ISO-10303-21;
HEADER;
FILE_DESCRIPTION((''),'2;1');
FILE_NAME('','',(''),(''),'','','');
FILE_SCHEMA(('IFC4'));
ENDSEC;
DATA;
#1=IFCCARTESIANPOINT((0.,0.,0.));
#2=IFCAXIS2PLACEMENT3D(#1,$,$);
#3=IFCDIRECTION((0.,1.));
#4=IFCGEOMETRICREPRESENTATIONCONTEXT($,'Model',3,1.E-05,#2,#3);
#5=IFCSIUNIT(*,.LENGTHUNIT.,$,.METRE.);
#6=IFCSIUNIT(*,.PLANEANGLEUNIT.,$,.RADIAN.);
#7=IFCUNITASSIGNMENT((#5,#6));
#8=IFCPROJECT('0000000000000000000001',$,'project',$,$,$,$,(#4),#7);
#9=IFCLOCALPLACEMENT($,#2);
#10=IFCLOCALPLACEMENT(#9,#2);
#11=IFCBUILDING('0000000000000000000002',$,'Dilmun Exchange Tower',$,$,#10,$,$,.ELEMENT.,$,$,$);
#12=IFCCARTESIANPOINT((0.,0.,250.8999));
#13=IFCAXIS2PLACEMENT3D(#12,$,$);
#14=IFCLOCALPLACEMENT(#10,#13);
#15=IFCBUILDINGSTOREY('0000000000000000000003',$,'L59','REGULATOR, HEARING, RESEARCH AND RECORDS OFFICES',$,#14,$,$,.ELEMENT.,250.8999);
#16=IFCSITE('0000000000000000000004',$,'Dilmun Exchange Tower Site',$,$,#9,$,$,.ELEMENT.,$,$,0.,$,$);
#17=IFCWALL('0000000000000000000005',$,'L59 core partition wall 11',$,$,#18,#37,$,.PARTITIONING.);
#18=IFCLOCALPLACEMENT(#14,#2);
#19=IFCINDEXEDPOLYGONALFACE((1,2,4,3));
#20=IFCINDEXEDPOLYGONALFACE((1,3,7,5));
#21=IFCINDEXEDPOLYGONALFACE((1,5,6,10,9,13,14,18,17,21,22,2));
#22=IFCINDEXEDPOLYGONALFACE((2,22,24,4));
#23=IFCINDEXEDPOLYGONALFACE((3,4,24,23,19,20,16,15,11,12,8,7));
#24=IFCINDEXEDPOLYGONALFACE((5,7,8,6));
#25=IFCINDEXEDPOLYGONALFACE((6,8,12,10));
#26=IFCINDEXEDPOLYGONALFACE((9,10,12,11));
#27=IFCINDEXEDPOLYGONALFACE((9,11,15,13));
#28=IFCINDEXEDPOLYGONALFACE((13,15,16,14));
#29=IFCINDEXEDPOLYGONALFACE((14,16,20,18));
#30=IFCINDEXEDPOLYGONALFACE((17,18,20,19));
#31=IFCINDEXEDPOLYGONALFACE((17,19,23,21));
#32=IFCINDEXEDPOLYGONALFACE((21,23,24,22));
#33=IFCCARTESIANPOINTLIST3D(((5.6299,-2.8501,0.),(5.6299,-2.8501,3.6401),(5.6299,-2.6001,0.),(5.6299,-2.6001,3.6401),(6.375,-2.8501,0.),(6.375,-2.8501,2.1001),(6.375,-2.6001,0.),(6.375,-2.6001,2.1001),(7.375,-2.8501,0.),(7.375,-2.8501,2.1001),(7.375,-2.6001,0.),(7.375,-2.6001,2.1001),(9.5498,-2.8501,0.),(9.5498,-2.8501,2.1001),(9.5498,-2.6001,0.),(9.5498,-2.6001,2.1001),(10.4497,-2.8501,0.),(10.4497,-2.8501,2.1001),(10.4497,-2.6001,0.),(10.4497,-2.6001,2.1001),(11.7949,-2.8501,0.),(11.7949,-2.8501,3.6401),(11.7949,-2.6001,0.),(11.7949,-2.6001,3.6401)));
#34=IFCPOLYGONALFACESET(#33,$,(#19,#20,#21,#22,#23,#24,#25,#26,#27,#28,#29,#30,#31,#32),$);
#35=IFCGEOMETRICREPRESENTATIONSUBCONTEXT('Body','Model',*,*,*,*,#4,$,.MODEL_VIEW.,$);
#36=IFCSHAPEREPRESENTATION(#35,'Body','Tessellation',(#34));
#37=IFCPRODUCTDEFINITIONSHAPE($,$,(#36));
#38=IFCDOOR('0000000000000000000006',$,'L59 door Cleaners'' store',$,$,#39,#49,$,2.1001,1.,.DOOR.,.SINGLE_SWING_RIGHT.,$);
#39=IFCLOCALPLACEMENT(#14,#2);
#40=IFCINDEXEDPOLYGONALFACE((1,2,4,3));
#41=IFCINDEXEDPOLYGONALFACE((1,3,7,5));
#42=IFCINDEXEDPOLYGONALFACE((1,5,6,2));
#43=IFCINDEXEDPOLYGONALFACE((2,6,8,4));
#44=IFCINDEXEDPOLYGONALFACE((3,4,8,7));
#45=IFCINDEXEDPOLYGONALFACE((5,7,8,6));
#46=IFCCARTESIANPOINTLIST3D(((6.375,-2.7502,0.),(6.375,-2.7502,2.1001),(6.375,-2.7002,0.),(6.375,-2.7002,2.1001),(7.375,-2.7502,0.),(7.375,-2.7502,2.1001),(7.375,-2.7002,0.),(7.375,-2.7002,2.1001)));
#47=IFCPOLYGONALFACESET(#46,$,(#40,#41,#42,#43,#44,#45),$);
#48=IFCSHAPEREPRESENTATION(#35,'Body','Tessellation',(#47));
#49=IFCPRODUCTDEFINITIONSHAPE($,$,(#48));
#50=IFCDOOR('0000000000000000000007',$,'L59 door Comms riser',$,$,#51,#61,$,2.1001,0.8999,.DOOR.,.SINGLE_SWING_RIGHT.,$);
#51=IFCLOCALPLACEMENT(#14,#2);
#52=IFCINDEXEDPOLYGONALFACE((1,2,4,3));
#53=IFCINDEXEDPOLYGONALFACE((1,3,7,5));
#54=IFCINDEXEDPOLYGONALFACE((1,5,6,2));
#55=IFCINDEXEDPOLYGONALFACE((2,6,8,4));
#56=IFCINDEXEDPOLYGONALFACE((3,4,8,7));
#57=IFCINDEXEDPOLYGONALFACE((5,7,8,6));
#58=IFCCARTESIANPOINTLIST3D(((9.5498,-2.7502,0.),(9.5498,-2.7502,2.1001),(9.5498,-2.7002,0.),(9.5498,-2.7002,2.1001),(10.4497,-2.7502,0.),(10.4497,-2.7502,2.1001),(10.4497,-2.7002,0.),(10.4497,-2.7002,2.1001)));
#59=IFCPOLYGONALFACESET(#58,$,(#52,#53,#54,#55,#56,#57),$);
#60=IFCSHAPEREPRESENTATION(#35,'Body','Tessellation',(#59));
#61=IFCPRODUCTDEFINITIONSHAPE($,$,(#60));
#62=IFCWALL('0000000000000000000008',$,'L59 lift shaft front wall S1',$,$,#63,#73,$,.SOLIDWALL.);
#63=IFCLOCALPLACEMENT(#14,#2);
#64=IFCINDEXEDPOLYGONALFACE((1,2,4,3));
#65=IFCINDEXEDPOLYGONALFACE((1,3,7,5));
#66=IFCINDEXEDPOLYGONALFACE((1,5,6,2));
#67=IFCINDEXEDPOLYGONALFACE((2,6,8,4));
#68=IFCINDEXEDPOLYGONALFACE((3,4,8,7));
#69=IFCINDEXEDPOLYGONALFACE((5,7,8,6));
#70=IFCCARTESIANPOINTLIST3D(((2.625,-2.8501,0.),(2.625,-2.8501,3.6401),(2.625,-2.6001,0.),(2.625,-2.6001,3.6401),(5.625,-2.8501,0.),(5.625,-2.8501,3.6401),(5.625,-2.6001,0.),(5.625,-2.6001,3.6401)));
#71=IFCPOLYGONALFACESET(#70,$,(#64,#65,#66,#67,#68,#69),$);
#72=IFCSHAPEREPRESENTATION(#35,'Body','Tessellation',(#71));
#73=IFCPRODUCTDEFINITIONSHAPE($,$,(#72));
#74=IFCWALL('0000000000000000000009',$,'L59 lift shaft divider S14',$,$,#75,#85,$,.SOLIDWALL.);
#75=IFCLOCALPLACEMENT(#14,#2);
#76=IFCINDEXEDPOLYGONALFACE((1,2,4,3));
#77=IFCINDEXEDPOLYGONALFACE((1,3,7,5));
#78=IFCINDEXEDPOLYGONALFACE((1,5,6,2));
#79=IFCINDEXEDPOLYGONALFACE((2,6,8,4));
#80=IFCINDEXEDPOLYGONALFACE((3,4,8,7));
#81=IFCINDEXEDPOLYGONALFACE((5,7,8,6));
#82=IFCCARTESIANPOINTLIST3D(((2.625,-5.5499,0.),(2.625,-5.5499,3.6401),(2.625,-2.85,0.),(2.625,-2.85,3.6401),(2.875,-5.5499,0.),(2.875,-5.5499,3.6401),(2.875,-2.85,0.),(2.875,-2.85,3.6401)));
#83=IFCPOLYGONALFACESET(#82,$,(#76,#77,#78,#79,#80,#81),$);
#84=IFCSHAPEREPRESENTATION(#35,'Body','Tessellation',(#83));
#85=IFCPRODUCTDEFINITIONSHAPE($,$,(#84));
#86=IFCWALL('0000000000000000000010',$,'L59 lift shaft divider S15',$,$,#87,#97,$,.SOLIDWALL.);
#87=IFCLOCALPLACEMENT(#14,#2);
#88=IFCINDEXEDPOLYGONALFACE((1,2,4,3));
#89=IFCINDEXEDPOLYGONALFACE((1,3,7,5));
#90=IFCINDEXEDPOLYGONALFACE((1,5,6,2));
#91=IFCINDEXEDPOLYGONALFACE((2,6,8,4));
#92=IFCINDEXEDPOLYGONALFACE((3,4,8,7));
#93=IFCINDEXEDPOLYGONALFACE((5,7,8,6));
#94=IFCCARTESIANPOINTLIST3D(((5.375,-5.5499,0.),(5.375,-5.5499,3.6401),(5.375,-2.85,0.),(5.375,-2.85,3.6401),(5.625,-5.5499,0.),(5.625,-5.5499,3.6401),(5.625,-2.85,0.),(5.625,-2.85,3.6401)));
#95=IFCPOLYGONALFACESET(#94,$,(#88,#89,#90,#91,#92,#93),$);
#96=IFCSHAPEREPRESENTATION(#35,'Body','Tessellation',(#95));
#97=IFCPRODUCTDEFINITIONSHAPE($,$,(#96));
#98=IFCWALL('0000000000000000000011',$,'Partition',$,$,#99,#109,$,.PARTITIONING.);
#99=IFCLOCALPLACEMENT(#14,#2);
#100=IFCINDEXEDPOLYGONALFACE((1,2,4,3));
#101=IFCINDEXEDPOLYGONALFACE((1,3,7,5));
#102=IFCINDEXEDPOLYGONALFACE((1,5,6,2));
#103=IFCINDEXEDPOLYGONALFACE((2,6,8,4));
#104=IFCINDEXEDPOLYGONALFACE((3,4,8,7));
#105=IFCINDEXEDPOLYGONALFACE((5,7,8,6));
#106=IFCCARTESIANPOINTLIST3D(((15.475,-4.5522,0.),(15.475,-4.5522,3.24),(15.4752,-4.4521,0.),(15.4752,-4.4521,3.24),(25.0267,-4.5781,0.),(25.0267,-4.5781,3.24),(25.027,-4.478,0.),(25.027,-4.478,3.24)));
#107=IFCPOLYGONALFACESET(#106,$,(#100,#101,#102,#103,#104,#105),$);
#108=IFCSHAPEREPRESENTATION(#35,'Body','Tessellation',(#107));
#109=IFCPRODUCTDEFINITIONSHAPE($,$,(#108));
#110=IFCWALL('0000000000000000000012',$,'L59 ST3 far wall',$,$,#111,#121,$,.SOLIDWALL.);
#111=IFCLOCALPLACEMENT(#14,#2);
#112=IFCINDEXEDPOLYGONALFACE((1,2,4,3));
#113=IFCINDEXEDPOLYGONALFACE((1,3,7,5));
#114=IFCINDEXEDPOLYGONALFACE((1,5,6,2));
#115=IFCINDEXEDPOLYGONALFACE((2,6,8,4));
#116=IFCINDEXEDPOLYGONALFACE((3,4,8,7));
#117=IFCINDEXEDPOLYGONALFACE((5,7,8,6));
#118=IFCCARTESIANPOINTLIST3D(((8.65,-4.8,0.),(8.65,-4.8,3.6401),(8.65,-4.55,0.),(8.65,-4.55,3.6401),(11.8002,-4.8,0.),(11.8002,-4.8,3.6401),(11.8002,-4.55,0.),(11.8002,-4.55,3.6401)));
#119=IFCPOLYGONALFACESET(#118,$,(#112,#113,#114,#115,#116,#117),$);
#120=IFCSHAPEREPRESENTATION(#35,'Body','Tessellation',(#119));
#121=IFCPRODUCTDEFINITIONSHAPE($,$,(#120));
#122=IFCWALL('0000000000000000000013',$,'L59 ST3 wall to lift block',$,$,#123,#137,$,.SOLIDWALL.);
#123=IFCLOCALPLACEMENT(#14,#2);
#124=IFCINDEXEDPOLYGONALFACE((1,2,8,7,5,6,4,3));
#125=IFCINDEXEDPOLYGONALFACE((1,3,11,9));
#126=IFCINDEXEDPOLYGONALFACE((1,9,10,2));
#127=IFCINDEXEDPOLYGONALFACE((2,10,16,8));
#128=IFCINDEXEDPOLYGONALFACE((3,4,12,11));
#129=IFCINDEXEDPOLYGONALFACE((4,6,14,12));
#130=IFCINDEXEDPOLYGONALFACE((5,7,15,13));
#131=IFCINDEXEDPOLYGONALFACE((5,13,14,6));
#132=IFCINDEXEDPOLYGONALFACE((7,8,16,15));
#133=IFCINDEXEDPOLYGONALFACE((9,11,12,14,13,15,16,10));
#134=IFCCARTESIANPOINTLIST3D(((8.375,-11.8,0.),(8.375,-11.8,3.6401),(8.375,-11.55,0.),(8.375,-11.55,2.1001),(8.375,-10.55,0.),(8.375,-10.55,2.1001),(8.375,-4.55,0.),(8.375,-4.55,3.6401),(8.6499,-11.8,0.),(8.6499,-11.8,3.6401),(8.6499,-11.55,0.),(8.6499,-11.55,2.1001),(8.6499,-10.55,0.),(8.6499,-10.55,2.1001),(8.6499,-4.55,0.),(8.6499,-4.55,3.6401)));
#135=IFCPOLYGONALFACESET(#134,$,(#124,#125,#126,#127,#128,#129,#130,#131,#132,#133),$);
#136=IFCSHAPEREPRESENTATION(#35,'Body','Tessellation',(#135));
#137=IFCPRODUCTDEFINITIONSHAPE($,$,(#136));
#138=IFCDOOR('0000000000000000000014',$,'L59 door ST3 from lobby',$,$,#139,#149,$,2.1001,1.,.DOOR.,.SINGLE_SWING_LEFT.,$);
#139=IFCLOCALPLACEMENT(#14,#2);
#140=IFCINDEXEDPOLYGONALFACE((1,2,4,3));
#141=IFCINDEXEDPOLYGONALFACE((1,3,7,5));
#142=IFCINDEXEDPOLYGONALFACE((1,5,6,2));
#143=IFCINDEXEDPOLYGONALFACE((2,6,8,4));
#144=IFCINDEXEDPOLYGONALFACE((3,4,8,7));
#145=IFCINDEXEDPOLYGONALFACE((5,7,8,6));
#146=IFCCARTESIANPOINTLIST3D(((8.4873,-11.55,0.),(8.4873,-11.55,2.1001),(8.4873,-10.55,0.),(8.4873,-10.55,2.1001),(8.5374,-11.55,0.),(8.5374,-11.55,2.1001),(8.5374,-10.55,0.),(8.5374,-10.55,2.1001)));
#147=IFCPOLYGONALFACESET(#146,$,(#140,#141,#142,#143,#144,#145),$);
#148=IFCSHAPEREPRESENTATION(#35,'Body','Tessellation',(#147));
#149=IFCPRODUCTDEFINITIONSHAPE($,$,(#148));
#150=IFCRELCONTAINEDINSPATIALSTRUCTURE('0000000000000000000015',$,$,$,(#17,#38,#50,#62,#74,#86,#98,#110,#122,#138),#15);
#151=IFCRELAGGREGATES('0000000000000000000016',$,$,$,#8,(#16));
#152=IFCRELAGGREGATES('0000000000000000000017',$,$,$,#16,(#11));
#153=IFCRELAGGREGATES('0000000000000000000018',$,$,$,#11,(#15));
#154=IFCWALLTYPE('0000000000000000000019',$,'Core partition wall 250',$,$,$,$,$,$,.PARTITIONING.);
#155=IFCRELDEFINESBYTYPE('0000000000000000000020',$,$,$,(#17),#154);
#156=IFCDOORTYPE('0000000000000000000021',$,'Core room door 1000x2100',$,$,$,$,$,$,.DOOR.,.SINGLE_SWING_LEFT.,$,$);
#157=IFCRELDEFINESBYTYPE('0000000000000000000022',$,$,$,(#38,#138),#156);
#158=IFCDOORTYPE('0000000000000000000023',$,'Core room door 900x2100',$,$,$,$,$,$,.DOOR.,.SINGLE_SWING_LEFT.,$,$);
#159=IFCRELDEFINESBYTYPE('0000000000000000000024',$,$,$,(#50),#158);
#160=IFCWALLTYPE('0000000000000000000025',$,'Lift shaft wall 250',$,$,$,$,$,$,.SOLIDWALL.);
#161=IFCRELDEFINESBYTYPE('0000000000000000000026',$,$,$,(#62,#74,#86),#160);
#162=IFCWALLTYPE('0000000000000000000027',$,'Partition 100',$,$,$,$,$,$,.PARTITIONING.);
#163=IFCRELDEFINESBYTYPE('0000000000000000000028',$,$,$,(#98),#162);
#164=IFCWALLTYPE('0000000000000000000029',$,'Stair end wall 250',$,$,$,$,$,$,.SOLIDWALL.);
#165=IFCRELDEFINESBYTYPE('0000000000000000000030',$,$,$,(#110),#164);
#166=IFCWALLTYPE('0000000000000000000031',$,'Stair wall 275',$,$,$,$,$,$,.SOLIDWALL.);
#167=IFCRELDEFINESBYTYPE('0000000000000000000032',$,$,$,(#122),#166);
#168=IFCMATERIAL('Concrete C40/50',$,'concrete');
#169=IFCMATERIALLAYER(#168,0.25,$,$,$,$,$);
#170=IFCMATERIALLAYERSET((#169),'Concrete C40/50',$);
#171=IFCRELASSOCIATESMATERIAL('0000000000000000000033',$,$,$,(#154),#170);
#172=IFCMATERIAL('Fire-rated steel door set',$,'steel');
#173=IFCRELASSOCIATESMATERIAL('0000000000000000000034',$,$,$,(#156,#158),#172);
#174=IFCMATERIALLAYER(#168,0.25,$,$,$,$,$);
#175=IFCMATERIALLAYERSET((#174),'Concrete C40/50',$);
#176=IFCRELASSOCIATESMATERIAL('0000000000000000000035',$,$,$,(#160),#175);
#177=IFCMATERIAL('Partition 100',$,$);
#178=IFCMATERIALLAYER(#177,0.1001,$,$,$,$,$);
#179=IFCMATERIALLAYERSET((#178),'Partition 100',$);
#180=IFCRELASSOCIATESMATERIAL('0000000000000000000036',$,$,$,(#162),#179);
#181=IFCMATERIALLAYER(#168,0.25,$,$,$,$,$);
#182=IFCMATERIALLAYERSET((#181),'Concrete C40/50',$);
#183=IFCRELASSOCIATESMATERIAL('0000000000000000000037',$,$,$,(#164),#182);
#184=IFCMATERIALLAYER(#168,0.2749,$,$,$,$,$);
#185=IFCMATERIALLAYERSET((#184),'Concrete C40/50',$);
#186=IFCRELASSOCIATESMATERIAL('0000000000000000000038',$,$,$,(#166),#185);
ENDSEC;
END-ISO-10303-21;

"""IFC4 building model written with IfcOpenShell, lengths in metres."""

from ifc_helpers import new_model, si_unit, direction, frame, frame_2d, origin, place, context, subcontext, project, spatial, rectangle, extrude, material, layer, layer_set, type_object, element, fill, save


model = new_model("IFC4")

# Units and contexts
model_context = context("Model", 3, precision=1e-05, world=origin(), true_north=direction((0.0, 1.0)))
body_context = subcontext(model_context, "Body", "Model", "MODEL_VIEW")
ifc_project = project(units=[si_unit("LENGTHUNIT", "METRE"), si_unit("PLANEANGLEUNIT", "RADIAN")], contexts=[model_context])

# Site, building, storey
site_placement = place(None, origin())
site = spatial("IfcSite", under=ifc_project, at=site_placement, Name="Dilmun Exchange Tower Site", CompositionType="ELEMENT", RefElevation=0.0)
building_placement = place(site_placement, origin())
building = spatial("IfcBuilding", under=site, at=building_placement, Name="Dilmun Exchange Tower", CompositionType="ELEMENT")
storey_placement = place(building_placement, frame((0.0, 0.0, 250.8999)))
storey = spatial("IfcBuildingStorey", under=building, at=storey_placement, Name="L59", Description="REGULATOR, HEARING, RESEARCH AND RECORDS OFFICES", CompositionType="ELEMENT", Elevation=250.8999)

# Shared definitions
ifc_material_1 = material(Name="Concrete C40/50", Category="concrete")

# Shared definitions
ifc_material_2 = material(Name="Fire-rated steel door set", Category="steel")

# Shared definitions
ifc_layer_1 = layer(ifc_material_1, 0.25)
ifc_layer_set_1 = layer_set([ifc_layer_1], Name="Concrete C40/50")
wall_type_1 = type_object("IfcWallType", Name="Core partition wall 250", PredefinedType="PARTITIONING", material=ifc_layer_set_1)

# Wall, openings, doors
wall_1_placement = place(storey_placement, frame((5.6299, -2.7251, 0.0), z_axis=(0.0, 0.0, 1.0), x_axis=(1.0, 0.0, 0.0)))
wall_1 = element("IfcWall", 1, at=wall_1_placement, inside=storey, type_object=wall_type_1, Name="L59 core partition wall 11", PredefinedType="PARTITIONING", context=body_context, shape_type="SweptSolid", body=[
    extrude(rectangle(XDim=6.165, YDim=0.25, at=frame_2d((3.0825, 0.0))), origin(), (0.0, 0.0, 1.0), 3.6401),
])
opening_1_placement = place(wall_1_placement, frame((0.7451, 0.0, 0.0)))
opening_1 = element("IfcOpeningElement", 2, at=opening_1_placement, cuts=wall_1, PredefinedType="OPENING", context=body_context, shape_type="SweptSolid", body=[
    extrude(rectangle(XDim=1.0, YDim=2.1001, at=frame_2d((0.5, 1.05))), frame((0.0, 0.135, 0.0), z_axis=(0.0, -1.0, 0.0), x_axis=(1.0, 0.0, 0.0)), (0.0, 0.0, 1.0), 0.27),
])
opening_2_placement = place(wall_1_placement, frame((3.9199, 0.0, 0.0)))
opening_2 = element("IfcOpeningElement", 3, at=opening_2_placement, cuts=wall_1, PredefinedType="OPENING", context=body_context, shape_type="SweptSolid", body=[
    extrude(rectangle(XDim=0.8999, YDim=2.1001, at=frame_2d((0.45, 1.05))), frame((0.0, 0.135, 0.0), z_axis=(0.0, -1.0, 0.0), x_axis=(1.0, 0.0, 0.0)), (0.0, 0.0, 1.0), 0.27),
])
door_type_1 = type_object("IfcDoorType", Name="Core room door 1000x2100", OperationType="SINGLE_SWING_LEFT", PredefinedType="DOOR", material=ifc_material_2)
door_1_placement = place(opening_1_placement, origin())
door_1 = element("IfcDoor", 4, at=door_1_placement, inside=storey, type_object=door_type_1, Name="L59 door Cleaners' store", OperationType="SINGLE_SWING_RIGHT", OverallHeight=2.1001, OverallWidth=1.0, PredefinedType="DOOR", context=body_context, shape_type="SweptSolid", body=[
    extrude(rectangle(XDim=1.0, YDim=2.1001, at=frame_2d((0.5, 1.05))), frame((0.0, 0.0249, 0.0), z_axis=(0.0, -1.0, 0.0), x_axis=(1.0, 0.0, 0.0)), (0.0, 0.0, 1.0), 0.05),
])
fill(opening_1, door_1)
door_type_2 = type_object("IfcDoorType", Name="Core room door 900x2100", OperationType="SINGLE_SWING_LEFT", PredefinedType="DOOR", material=ifc_material_2)
door_2_placement = place(opening_2_placement, origin())
door_2 = element("IfcDoor", 5, at=door_2_placement, inside=storey, type_object=door_type_2, Name="L59 door Comms riser", OperationType="SINGLE_SWING_RIGHT", OverallHeight=2.1001, OverallWidth=0.8999, PredefinedType="DOOR", context=body_context, shape_type="SweptSolid", body=[
    extrude(rectangle(XDim=0.8999, YDim=2.1001, at=frame_2d((0.45, 1.05))), frame((0.0, 0.0249, 0.0), z_axis=(0.0, -1.0, 0.0), x_axis=(1.0, 0.0, 0.0)), (0.0, 0.0, 1.0), 0.05),
])
fill(opening_2, door_2)

# Walls
ifc_layer_2 = layer(ifc_material_1, 0.25)
ifc_layer_set_2 = layer_set([ifc_layer_2], Name="Concrete C40/50")
wall_type_2 = type_object("IfcWallType", Name="Lift shaft wall 250", PredefinedType="SOLIDWALL", material=ifc_layer_set_2)
wall_2_placement = place(storey_placement, frame((2.625, -2.7251, 0.0), z_axis=(0.0, 0.0, 1.0), x_axis=(1.0, 0.0, 0.0)))
element("IfcWall", 6, at=wall_2_placement, inside=storey, type_object=wall_type_2, Name="L59 lift shaft front wall S1", PredefinedType="SOLIDWALL", context=body_context, shape_type="SweptSolid", body=[
    extrude(rectangle(XDim=3.0, YDim=0.25, at=frame_2d((1.5, 0.0))), origin(), (0.0, 0.0, 1.0), 3.6401),
])
for number, where, z_axis, x_axis, name in (
    (7, (2.75, -5.55, 0.0), (0.0, 0.0, 1.0), (0.0, 1.0, 0.0), "L59 lift shaft divider S14"),
    (8, (5.5, -5.55, 0.0), (0.0, 0.0, 1.0), (0.0, 1.0, 0.0), "L59 lift shaft divider S15"),
):
    element("IfcWall", number, at=place(storey_placement, frame(where, z_axis=z_axis, x_axis=x_axis)), inside=storey, type_object=wall_type_2, Name=name, PredefinedType="SOLIDWALL", context=body_context, shape_type="SweptSolid", body=[
        extrude(rectangle(XDim=2.7, YDim=0.25, at=frame_2d((1.3501, 0.0))), origin(), (0.0, 0.0, 1.0), 3.6401),
    ])
ifc_material_3 = material(Name="Partition 100")
ifc_layer_3 = layer(ifc_material_3, 0.1001)
ifc_layer_set_3 = layer_set([ifc_layer_3], Name="Partition 100")
wall_type_3 = type_object("IfcWallType", Name="Partition 100", PredefinedType="PARTITIONING", material=ifc_layer_set_3)
wall_3_placement = place(storey_placement, frame((15.4751, -4.5022, 0.0), z_axis=(0.0, 0.0, 1.0), x_axis=(0.999996, -0.002709, 0.0)))
element("IfcWall", 9, at=wall_3_placement, inside=storey, type_object=wall_type_3, Name="Partition", PredefinedType="PARTITIONING", context=body_context, shape_type="SweptSolid", body=[
    extrude(rectangle(XDim=9.5518, YDim=0.1001, at=frame_2d((4.7759, 0.0))), origin(), (0.0, 0.0, 1.0), 3.24),
])
ifc_layer_4 = layer(ifc_material_1, 0.25)
ifc_layer_set_4 = layer_set([ifc_layer_4], Name="Concrete C40/50")
wall_type_4 = type_object("IfcWallType", Name="Stair end wall 250", PredefinedType="SOLIDWALL", material=ifc_layer_set_4)
wall_4_placement = place(storey_placement, frame((8.6499, -4.675, 0.0), z_axis=(0.0, 0.0, 1.0), x_axis=(1.0, 0.0, 0.0)))
element("IfcWall", 10, at=wall_4_placement, inside=storey, type_object=wall_type_4, Name="L59 ST3 far wall", PredefinedType="SOLIDWALL", context=body_context, shape_type="SweptSolid", body=[
    extrude(rectangle(XDim=3.1501, YDim=0.25, at=frame_2d((1.5752, 0.0))), origin(), (0.0, 0.0, 1.0), 3.6401),
])

# Wall, opening, door
ifc_layer_5 = layer(ifc_material_1, 0.2749)
ifc_layer_set_5 = layer_set([ifc_layer_5], Name="Concrete C40/50")
wall_type_5 = type_object("IfcWallType", Name="Stair wall 275", PredefinedType="SOLIDWALL", material=ifc_layer_set_5)
wall_5_placement = place(storey_placement, frame((8.5125, -4.55, 0.0), z_axis=(0.0, 0.0, 1.0), x_axis=(0.0, -1.0, 0.0)))
wall_5 = element("IfcWall", 11, at=wall_5_placement, inside=storey, type_object=wall_type_5, Name="L59 ST3 wall to lift block", PredefinedType="SOLIDWALL", context=body_context, shape_type="SweptSolid", body=[
    extrude(rectangle(XDim=7.25, YDim=0.2749, at=frame_2d((3.625, 0.0))), origin(), (0.0, 0.0, 1.0), 3.6401),
])
opening_3_placement = place(wall_5_placement, frame((6.0, 0.0, 0.0)))
opening_3 = element("IfcOpeningElement", 12, at=opening_3_placement, cuts=wall_5, PredefinedType="OPENING", context=body_context, shape_type="SweptSolid", body=[
    extrude(rectangle(XDim=1.0, YDim=2.1001, at=frame_2d((0.5, 1.05))), frame((0.0, 0.1475, 0.0), z_axis=(0.0, -1.0, 0.0), x_axis=(1.0, 0.0, 0.0)), (0.0, 0.0, 1.0), 0.2949),
])
door_3_placement = place(opening_3_placement, origin())
door_3 = element("IfcDoor", 13, at=door_3_placement, inside=storey, type_object=door_type_1, Name="L59 door ST3 from lobby", OperationType="SINGLE_SWING_LEFT", OverallHeight=2.1001, OverallWidth=1.0, PredefinedType="DOOR", context=body_context, shape_type="SweptSolid", body=[
    extrude(rectangle(XDim=1.0, YDim=2.1001, at=frame_2d((0.5, 1.05))), frame((0.0, 0.0249, 0.0), z_axis=(0.0, -1.0, 0.0), x_axis=(1.0, 0.0, 0.0)), (0.0, 0.0, 1.0), 0.05),
])
fill(opening_3, door_3)

save(model, "model.ifc")
